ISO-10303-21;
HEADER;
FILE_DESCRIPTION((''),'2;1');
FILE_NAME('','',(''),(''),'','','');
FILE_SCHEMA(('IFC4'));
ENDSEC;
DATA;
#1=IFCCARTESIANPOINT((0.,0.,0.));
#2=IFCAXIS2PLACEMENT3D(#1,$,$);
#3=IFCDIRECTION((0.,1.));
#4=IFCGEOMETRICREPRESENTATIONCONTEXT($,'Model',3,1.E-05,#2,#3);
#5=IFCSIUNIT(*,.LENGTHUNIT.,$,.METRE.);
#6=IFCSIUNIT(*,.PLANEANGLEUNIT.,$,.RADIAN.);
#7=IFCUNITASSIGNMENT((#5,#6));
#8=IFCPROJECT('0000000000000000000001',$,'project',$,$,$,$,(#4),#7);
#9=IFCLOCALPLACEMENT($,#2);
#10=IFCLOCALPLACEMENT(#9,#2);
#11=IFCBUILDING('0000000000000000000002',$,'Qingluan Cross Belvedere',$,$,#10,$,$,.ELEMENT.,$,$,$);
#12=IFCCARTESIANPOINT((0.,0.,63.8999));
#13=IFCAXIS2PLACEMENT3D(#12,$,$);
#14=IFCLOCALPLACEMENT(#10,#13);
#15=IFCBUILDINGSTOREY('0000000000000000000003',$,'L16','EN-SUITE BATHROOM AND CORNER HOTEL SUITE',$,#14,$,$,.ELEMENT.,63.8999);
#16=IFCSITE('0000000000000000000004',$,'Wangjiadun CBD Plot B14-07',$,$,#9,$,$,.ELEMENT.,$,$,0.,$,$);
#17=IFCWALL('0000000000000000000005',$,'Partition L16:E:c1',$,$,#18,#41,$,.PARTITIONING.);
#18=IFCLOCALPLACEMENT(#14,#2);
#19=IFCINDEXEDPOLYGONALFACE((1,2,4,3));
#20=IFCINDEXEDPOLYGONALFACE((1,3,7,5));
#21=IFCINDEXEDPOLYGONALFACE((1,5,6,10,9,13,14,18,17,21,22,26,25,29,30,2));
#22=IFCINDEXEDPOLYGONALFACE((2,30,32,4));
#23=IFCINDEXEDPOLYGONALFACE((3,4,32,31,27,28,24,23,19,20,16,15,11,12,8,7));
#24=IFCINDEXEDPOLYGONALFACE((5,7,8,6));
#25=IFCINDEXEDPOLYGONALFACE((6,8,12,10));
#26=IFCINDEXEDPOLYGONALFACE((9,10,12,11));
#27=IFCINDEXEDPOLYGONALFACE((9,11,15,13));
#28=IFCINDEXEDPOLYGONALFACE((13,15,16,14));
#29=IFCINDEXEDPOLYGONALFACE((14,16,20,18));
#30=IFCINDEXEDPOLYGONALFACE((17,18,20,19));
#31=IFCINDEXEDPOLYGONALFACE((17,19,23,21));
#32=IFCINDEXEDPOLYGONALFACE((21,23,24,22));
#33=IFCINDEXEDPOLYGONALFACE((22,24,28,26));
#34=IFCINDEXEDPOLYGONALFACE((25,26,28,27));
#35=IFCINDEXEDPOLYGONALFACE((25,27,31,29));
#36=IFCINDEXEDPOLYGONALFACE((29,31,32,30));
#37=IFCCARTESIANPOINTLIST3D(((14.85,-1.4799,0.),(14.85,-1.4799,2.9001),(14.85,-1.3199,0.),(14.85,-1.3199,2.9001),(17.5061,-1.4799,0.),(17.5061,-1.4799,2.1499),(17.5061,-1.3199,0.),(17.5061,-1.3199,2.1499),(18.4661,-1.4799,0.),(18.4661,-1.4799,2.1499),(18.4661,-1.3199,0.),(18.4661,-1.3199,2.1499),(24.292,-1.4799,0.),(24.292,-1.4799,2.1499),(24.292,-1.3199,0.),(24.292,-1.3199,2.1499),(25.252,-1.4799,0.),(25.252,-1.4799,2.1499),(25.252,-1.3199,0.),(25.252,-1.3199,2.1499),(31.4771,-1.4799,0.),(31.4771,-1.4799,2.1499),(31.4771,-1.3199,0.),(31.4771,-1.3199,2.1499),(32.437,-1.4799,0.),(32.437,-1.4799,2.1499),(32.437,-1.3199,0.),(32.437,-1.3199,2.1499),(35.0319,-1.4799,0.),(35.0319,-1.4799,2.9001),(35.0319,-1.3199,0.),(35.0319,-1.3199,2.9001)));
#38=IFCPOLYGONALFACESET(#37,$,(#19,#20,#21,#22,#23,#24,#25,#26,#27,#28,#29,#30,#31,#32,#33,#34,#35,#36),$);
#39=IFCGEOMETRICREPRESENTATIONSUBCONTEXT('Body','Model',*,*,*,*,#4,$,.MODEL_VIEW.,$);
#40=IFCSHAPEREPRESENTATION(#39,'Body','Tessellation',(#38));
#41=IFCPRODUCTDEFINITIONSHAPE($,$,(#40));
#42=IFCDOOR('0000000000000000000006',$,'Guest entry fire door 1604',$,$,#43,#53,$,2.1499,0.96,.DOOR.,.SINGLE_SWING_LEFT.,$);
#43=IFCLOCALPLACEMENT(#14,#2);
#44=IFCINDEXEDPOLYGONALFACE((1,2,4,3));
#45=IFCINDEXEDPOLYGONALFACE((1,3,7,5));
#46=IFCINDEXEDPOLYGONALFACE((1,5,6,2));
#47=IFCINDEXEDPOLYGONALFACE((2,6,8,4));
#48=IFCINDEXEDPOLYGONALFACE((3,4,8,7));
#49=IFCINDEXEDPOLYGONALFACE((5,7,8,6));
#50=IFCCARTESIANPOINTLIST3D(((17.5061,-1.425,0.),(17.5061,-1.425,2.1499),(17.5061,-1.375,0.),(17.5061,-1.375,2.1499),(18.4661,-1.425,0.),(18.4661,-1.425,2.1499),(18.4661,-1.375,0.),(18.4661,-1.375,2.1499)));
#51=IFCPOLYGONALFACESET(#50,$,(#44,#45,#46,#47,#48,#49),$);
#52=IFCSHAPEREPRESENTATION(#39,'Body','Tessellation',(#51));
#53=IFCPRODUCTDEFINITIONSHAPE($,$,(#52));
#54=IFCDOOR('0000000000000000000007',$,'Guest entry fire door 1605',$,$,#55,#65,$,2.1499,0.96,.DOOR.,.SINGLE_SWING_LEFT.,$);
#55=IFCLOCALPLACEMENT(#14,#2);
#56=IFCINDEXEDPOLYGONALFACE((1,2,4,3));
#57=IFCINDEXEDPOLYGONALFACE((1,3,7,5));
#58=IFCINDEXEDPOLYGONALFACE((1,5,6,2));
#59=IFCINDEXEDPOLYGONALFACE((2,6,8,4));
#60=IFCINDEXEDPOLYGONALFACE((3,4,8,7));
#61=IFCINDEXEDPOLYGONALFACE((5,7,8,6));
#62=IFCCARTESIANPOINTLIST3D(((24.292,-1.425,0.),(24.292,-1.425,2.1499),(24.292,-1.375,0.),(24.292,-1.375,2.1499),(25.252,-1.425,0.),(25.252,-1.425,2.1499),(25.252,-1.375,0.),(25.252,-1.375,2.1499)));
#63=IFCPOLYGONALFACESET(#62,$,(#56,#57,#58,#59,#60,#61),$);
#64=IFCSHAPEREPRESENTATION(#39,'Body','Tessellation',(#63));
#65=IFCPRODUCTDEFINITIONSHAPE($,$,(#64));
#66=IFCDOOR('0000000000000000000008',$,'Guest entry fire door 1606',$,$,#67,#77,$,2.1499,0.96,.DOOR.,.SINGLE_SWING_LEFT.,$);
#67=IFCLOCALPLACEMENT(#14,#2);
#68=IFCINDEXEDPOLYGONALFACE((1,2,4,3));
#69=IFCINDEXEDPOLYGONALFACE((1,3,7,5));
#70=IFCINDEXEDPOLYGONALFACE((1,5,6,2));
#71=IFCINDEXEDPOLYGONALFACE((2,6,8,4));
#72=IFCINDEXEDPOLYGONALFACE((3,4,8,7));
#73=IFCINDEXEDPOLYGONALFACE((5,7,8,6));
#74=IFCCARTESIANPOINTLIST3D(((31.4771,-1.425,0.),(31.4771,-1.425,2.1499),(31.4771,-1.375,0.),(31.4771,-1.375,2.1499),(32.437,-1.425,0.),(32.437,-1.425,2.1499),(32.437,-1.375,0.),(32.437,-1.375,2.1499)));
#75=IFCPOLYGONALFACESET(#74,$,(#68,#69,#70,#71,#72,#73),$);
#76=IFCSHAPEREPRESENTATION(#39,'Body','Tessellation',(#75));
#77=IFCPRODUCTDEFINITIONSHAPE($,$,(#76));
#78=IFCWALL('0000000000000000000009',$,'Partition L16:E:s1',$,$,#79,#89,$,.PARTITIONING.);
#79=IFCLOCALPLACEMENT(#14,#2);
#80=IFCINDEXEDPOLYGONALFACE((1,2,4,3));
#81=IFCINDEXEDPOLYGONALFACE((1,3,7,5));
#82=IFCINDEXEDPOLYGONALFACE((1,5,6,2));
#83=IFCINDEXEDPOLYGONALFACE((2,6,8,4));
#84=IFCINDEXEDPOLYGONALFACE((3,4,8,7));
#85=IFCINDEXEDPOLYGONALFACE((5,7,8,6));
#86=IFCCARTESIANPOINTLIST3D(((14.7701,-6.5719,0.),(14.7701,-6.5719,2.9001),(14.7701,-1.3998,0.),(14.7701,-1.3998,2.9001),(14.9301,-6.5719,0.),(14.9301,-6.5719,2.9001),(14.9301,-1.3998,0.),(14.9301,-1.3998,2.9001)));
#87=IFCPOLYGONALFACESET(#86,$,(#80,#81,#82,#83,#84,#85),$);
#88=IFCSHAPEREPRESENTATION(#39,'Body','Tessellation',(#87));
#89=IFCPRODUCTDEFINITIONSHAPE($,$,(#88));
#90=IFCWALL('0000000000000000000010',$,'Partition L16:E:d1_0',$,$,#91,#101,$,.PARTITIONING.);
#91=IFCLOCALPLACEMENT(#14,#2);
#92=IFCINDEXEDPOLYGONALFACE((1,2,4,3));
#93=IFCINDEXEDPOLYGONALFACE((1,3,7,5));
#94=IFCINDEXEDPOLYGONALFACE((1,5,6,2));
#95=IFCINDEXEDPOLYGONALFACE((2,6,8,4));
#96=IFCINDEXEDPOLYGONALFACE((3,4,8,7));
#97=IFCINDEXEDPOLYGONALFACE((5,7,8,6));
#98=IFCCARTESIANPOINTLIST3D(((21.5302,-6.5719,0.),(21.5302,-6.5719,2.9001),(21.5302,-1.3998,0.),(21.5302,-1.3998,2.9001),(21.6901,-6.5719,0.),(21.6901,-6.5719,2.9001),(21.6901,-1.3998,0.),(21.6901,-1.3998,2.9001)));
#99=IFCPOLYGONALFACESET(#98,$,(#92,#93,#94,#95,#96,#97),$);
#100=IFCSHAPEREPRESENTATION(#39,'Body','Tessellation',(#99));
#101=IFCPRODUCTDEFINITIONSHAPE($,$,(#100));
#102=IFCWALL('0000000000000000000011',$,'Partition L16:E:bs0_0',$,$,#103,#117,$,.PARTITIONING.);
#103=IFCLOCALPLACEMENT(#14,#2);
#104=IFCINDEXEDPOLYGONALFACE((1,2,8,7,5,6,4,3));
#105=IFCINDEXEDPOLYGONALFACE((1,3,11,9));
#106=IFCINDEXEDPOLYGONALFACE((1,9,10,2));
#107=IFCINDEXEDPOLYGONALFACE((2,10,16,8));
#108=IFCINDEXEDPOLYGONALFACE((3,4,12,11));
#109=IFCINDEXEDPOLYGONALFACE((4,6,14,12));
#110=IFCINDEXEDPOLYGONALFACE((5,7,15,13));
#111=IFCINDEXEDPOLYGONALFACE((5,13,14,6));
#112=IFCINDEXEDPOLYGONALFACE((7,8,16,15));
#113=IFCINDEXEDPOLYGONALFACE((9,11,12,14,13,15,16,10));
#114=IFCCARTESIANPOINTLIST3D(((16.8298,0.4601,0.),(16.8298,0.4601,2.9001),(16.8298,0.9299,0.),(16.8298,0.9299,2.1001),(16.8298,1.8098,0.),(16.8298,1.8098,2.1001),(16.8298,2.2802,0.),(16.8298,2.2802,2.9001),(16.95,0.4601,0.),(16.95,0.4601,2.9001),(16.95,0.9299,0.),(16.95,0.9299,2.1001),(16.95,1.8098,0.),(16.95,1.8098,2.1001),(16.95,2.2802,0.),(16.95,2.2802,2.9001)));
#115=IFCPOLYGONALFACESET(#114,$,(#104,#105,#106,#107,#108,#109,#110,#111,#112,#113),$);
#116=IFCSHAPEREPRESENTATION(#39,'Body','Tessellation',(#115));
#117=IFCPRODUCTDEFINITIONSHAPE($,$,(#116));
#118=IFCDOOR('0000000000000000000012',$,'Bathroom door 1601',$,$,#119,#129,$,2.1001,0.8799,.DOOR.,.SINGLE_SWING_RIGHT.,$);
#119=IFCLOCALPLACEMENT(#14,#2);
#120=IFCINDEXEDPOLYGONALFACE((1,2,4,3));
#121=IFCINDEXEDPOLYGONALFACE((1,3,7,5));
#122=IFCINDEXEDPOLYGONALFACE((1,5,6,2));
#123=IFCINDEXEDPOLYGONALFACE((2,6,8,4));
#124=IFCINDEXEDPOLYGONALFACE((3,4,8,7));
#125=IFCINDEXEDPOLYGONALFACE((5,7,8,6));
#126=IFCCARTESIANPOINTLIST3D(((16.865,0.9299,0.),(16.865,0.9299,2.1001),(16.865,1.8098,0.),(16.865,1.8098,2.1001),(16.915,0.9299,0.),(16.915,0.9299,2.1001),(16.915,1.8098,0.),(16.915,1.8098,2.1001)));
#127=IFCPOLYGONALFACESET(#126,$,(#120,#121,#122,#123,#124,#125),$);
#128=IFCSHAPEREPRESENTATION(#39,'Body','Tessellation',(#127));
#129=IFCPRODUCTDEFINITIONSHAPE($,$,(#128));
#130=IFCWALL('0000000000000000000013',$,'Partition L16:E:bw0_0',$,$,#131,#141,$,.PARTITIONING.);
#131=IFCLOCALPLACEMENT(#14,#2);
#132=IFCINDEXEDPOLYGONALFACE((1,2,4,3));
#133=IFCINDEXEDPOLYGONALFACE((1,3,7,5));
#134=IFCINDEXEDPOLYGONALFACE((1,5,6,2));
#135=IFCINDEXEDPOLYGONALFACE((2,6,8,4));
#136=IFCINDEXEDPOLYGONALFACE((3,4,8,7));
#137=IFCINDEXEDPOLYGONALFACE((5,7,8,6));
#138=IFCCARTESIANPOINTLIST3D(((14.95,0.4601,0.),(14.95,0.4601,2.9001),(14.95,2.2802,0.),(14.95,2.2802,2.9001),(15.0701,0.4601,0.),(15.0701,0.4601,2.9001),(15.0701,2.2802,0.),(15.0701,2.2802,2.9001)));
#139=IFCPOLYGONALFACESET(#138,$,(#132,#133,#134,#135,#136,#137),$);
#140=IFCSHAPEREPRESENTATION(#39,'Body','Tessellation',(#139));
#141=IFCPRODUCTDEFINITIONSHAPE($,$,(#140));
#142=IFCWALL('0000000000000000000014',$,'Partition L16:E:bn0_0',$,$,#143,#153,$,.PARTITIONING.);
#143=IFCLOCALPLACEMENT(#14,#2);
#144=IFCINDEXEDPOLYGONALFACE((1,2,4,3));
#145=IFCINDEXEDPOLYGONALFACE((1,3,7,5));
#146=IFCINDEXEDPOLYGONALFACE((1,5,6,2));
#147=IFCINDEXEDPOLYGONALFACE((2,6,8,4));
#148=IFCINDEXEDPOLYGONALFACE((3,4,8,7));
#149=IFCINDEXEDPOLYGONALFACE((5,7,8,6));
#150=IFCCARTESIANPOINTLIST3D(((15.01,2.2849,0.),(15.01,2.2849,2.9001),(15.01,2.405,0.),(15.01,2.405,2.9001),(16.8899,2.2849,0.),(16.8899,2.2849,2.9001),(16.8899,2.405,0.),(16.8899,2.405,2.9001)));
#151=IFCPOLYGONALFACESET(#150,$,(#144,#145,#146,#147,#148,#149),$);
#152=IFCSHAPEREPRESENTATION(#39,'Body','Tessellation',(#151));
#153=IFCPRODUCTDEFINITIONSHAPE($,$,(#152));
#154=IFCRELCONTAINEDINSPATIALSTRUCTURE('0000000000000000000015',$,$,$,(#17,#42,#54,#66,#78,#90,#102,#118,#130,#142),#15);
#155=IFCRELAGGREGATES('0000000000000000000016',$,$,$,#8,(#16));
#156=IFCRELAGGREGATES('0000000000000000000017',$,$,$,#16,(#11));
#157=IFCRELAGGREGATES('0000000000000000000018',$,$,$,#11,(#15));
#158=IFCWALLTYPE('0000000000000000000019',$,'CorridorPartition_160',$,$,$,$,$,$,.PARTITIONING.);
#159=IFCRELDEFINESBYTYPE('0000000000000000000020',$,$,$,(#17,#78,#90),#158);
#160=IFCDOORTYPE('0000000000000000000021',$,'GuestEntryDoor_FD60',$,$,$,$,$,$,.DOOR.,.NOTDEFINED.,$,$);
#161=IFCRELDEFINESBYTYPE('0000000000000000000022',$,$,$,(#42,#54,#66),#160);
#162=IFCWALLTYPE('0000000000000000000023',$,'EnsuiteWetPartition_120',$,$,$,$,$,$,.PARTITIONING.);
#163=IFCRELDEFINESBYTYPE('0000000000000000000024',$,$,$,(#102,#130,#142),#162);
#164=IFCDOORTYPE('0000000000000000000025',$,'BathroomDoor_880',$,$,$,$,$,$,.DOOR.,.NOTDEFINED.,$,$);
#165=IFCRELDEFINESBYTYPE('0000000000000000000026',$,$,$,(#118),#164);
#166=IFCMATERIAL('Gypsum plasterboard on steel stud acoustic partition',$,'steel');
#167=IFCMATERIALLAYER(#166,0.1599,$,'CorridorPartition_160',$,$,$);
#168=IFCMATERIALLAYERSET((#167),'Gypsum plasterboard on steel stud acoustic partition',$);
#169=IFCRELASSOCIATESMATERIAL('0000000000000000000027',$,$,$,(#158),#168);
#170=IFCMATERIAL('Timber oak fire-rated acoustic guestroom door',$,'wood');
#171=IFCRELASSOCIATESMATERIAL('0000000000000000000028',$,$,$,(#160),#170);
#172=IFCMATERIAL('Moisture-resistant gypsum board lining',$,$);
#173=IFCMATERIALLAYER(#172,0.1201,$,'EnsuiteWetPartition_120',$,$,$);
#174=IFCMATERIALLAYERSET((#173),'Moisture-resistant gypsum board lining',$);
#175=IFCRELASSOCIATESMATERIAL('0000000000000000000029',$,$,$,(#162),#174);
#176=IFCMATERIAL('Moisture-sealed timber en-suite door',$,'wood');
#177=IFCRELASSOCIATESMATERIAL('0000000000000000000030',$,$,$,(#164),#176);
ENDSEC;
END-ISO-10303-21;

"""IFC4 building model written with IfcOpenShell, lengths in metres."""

from ifc_helpers import new_model, si_unit, direction, frame, frame_2d, origin, place, context, subcontext, project, spatial, rectangle, extrude, material, layer, layer_set, type_object, element, fill, save


model = new_model("IFC4")

# Units and contexts
model_context = context("Model", 3, precision=1e-05, world=origin(), true_north=direction((0.0, 1.0)))
body_context = subcontext(model_context, "Body", "Model", "MODEL_VIEW")
ifc_project = project(units=[si_unit("LENGTHUNIT", "METRE"), si_unit("PLANEANGLEUNIT", "RADIAN")], contexts=[model_context])

# Site, building, storey
site_placement = place(None, origin())
site = spatial("IfcSite", under=ifc_project, at=site_placement, Name="Wangjiadun CBD Plot B14-07", CompositionType="ELEMENT", RefElevation=0.0)
building_placement = place(site_placement, origin())
building = spatial("IfcBuilding", under=site, at=building_placement, Name="Qingluan Cross Belvedere", CompositionType="ELEMENT")
storey_placement = place(building_placement, frame((0.0, 0.0, 63.8999)))
storey = spatial("IfcBuildingStorey", under=building, at=storey_placement, Name="L16", Description="EN-SUITE BATHROOM AND CORNER HOTEL SUITE", CompositionType="ELEMENT", Elevation=63.8999)

# Shared definitions
ifc_material_1 = material(Name="Gypsum plasterboard on steel stud acoustic partition", Category="steel")
ifc_layer_1 = layer(ifc_material_1, 0.1599, Name="CorridorPartition_160")
ifc_layer_set_1 = layer_set([ifc_layer_1], Name="Gypsum plasterboard on steel stud acoustic partition")
wall_type_1 = type_object("IfcWallType", Name="CorridorPartition_160", PredefinedType="PARTITIONING", material=ifc_layer_set_1)
ifc_material_2 = material(Name="Timber oak fire-rated acoustic guestroom door", Category="wood")
door_type_1 = type_object("IfcDoorType", Name="GuestEntryDoor_FD60", OperationType="NOTDEFINED", PredefinedType="DOOR", material=ifc_material_2)

# Wall, openings, doors
wall_1_placement = place(storey_placement, frame((14.8501, -1.3999, 0.0), z_axis=(0.0, 0.0, 1.0), x_axis=(1.0, 0.0, 0.0)))
wall_1 = element("IfcWall", 1, at=wall_1_placement, inside=storey, type_object=wall_type_1, Name="Partition L16:E:c1", PredefinedType="PARTITIONING", context=body_context, shape_type="SweptSolid", body=[
    extrude(rectangle(XDim=20.1819, YDim=0.1599, at=frame_2d((10.0908, 0.0))), origin(), (0.0, 0.0, 1.0), 2.9001),
])
opening_1_placement = place(wall_1_placement, frame((2.656, 0.0, 0.0)))
opening_1 = element("IfcOpeningElement", 2, at=opening_1_placement, cuts=wall_1, PredefinedType="OPENING", context=body_context, shape_type="SweptSolid", body=[
    extrude(rectangle(XDim=0.96, YDim=2.1499, at=frame_2d((0.48, 1.075))), frame((0.0, 0.0898, 0.0), z_axis=(0.0, -1.0, 0.0), x_axis=(1.0, 0.0, 0.0)), (0.0, 0.0, 1.0), 0.1799),
])
opening_2_placement = place(wall_1_placement, frame((9.4419, 0.0, 0.0)))
opening_2 = element("IfcOpeningElement", 3, at=opening_2_placement, cuts=wall_1, PredefinedType="OPENING", context=body_context, shape_type="SweptSolid", body=[
    extrude(rectangle(XDim=0.96, YDim=2.1499, at=frame_2d((0.48, 1.075))), frame((0.0, 0.0898, 0.0), z_axis=(0.0, -1.0, 0.0), x_axis=(1.0, 0.0, 0.0)), (0.0, 0.0, 1.0), 0.1799),
])
opening_3_placement = place(wall_1_placement, frame((16.627, 0.0, 0.0)))
opening_3 = element("IfcOpeningElement", 4, at=opening_3_placement, cuts=wall_1, PredefinedType="OPENING", context=body_context, shape_type="SweptSolid", body=[
    extrude(rectangle(XDim=0.96, YDim=2.1499, at=frame_2d((0.48, 1.075))), frame((0.0, 0.0898, 0.0), z_axis=(0.0, -1.0, 0.0), x_axis=(1.0, 0.0, 0.0)), (0.0, 0.0, 1.0), 0.1799),
])
door_1_placement = place(opening_1_placement, origin())
door_1 = element("IfcDoor", 5, at=door_1_placement, inside=storey, type_object=door_type_1, Name="Guest entry fire door 1604", OperationType="SINGLE_SWING_LEFT", OverallHeight=2.1499, OverallWidth=0.96, PredefinedType="DOOR", context=body_context, shape_type="SweptSolid", body=[
    extrude(rectangle(XDim=0.96, YDim=2.1499, at=frame_2d((0.48, 1.075))), frame((0.0, 0.0249, 0.0), z_axis=(0.0, -1.0, 0.0), x_axis=(1.0, 0.0, 0.0)), (0.0, 0.0, 1.0), 0.05),
])
fill(opening_1, door_1)
door_2_placement = place(opening_2_placement, origin())
door_2 = element("IfcDoor", 6, at=door_2_placement, inside=storey, type_object=door_type_1, Name="Guest entry fire door 1605", OperationType="SINGLE_SWING_LEFT", OverallHeight=2.1499, OverallWidth=0.96, PredefinedType="DOOR", context=body_context, shape_type="SweptSolid", body=[
    extrude(rectangle(XDim=0.96, YDim=2.1499, at=frame_2d((0.48, 1.075))), frame((0.0, 0.0249, 0.0), z_axis=(0.0, -1.0, 0.0), x_axis=(1.0, 0.0, 0.0)), (0.0, 0.0, 1.0), 0.05),
])
fill(opening_2, door_2)
door_3_placement = place(opening_3_placement, origin())
door_3 = element("IfcDoor", 7, at=door_3_placement, inside=storey, type_object=door_type_1, Name="Guest entry fire door 1606", OperationType="SINGLE_SWING_LEFT", OverallHeight=2.1499, OverallWidth=0.96, PredefinedType="DOOR", context=body_context, shape_type="SweptSolid", body=[
    extrude(rectangle(XDim=0.96, YDim=2.1499, at=frame_2d((0.48, 1.075))), frame((0.0, 0.0249, 0.0), z_axis=(0.0, -1.0, 0.0), x_axis=(1.0, 0.0, 0.0)), (0.0, 0.0, 1.0), 0.05),
])
fill(opening_3, door_3)

# Walls
for number, where, z_axis, x_axis, name in (
    (8, (14.8501, -1.3999, 0.0), (0.0, 0.0, 1.0), (0.0, -1.0, 0.0), "Partition L16:E:s1"),
    (9, (21.6101, -1.3999, 0.0), (0.0, 0.0, 1.0), (0.0, -1.0, 0.0), "Partition L16:E:d1_0"),
):
    element("IfcWall", number, at=place(storey_placement, frame(where, z_axis=z_axis, x_axis=x_axis)), inside=storey, type_object=wall_type_1, Name=name, PredefinedType="PARTITIONING", context=body_context, shape_type="SweptSolid", body=[
        extrude(rectangle(XDim=5.1721, YDim=0.1599, at=frame_2d((2.5859, 0.0))), origin(), (0.0, 0.0, 1.0), 2.9001),
    ])

# Wall, opening, door
ifc_material_3 = material(Name="Moisture-resistant gypsum board lining")
ifc_layer_2 = layer(ifc_material_3, 0.1201, Name="EnsuiteWetPartition_120")
ifc_layer_set_2 = layer_set([ifc_layer_2], Name="Moisture-resistant gypsum board lining")
wall_type_2 = type_object("IfcWallType", Name="EnsuiteWetPartition_120", PredefinedType="PARTITIONING", material=ifc_layer_set_2)
wall_2_placement = place(storey_placement, frame((16.8899, 0.46, 0.0), z_axis=(0.0, 0.0, 1.0), x_axis=(0.0, 1.0, 0.0)))
wall_2 = element("IfcWall", 10, at=wall_2_placement, inside=storey, type_object=wall_type_2, Name="Partition L16:E:bs0_0", PredefinedType="PARTITIONING", context=body_context, shape_type="SweptSolid", body=[
    extrude(rectangle(XDim=1.8201, YDim=0.1201, at=frame_2d((0.9102, 0.0))), origin(), (0.0, 0.0, 1.0), 2.9001),
])
opening_4_placement = place(wall_2_placement, frame((0.47, 0.0, 0.0)))
opening_4 = element("IfcOpeningElement", 11, at=opening_4_placement, cuts=wall_2, PredefinedType="OPENING", context=body_context, shape_type="SweptSolid", body=[
    extrude(rectangle(XDim=0.8799, YDim=2.1001, at=frame_2d((0.4399, 1.05))), frame((0.0, 0.0701, 0.0), z_axis=(0.0, -1.0, 0.0), x_axis=(1.0, 0.0, 0.0)), (0.0, 0.0, 1.0), 0.1401),
])
ifc_material_4 = material(Name="Moisture-sealed timber en-suite door", Category="wood")
door_type_2 = type_object("IfcDoorType", Name="BathroomDoor_880", OperationType="NOTDEFINED", PredefinedType="DOOR", material=ifc_material_4)
door_4_placement = place(opening_4_placement, origin())
door_4 = element("IfcDoor", 12, at=door_4_placement, inside=storey, type_object=door_type_2, Name="Bathroom door 1601", OperationType="SINGLE_SWING_RIGHT", OverallHeight=2.1001, OverallWidth=0.8799, PredefinedType="DOOR", context=body_context, shape_type="SweptSolid", body=[
    extrude(rectangle(XDim=0.8799, YDim=2.1001, at=frame_2d((0.4399, 1.05))), frame((0.0, 0.0249, 0.0), z_axis=(0.0, -1.0, 0.0), x_axis=(1.0, 0.0, 0.0)), (0.0, 0.0, 1.0), 0.05),
])
fill(opening_4, door_4)

# Walls
wall_3_placement = place(storey_placement, frame((15.01, 0.46, 0.0), z_axis=(0.0, 0.0, 1.0), x_axis=(0.0, 1.0, 0.0)))
element("IfcWall", 13, at=wall_3_placement, inside=storey, type_object=wall_type_2, Name="Partition L16:E:bw0_0", PredefinedType="PARTITIONING", context=body_context, shape_type="SweptSolid", body=[
    extrude(rectangle(XDim=1.8201, YDim=0.1201, at=frame_2d((0.9102, 0.0))), origin(), (0.0, 0.0, 1.0), 2.9001),
])
wall_4_placement = place(storey_placement, frame((15.01, 2.345, 0.0), z_axis=(0.0, 0.0, 1.0), x_axis=(1.0, 0.0, 0.0)))
element("IfcWall", 14, at=wall_4_placement, inside=storey, type_object=wall_type_2, Name="Partition L16:E:bn0_0", PredefinedType="PARTITIONING", context=body_context, shape_type="SweptSolid", body=[
    extrude(rectangle(XDim=1.8799, YDim=0.1201, at=frame_2d((0.9399, 0.0))), origin(), (0.0, 0.0, 1.0), 2.9001),
])

save(model, "model.ifc")
